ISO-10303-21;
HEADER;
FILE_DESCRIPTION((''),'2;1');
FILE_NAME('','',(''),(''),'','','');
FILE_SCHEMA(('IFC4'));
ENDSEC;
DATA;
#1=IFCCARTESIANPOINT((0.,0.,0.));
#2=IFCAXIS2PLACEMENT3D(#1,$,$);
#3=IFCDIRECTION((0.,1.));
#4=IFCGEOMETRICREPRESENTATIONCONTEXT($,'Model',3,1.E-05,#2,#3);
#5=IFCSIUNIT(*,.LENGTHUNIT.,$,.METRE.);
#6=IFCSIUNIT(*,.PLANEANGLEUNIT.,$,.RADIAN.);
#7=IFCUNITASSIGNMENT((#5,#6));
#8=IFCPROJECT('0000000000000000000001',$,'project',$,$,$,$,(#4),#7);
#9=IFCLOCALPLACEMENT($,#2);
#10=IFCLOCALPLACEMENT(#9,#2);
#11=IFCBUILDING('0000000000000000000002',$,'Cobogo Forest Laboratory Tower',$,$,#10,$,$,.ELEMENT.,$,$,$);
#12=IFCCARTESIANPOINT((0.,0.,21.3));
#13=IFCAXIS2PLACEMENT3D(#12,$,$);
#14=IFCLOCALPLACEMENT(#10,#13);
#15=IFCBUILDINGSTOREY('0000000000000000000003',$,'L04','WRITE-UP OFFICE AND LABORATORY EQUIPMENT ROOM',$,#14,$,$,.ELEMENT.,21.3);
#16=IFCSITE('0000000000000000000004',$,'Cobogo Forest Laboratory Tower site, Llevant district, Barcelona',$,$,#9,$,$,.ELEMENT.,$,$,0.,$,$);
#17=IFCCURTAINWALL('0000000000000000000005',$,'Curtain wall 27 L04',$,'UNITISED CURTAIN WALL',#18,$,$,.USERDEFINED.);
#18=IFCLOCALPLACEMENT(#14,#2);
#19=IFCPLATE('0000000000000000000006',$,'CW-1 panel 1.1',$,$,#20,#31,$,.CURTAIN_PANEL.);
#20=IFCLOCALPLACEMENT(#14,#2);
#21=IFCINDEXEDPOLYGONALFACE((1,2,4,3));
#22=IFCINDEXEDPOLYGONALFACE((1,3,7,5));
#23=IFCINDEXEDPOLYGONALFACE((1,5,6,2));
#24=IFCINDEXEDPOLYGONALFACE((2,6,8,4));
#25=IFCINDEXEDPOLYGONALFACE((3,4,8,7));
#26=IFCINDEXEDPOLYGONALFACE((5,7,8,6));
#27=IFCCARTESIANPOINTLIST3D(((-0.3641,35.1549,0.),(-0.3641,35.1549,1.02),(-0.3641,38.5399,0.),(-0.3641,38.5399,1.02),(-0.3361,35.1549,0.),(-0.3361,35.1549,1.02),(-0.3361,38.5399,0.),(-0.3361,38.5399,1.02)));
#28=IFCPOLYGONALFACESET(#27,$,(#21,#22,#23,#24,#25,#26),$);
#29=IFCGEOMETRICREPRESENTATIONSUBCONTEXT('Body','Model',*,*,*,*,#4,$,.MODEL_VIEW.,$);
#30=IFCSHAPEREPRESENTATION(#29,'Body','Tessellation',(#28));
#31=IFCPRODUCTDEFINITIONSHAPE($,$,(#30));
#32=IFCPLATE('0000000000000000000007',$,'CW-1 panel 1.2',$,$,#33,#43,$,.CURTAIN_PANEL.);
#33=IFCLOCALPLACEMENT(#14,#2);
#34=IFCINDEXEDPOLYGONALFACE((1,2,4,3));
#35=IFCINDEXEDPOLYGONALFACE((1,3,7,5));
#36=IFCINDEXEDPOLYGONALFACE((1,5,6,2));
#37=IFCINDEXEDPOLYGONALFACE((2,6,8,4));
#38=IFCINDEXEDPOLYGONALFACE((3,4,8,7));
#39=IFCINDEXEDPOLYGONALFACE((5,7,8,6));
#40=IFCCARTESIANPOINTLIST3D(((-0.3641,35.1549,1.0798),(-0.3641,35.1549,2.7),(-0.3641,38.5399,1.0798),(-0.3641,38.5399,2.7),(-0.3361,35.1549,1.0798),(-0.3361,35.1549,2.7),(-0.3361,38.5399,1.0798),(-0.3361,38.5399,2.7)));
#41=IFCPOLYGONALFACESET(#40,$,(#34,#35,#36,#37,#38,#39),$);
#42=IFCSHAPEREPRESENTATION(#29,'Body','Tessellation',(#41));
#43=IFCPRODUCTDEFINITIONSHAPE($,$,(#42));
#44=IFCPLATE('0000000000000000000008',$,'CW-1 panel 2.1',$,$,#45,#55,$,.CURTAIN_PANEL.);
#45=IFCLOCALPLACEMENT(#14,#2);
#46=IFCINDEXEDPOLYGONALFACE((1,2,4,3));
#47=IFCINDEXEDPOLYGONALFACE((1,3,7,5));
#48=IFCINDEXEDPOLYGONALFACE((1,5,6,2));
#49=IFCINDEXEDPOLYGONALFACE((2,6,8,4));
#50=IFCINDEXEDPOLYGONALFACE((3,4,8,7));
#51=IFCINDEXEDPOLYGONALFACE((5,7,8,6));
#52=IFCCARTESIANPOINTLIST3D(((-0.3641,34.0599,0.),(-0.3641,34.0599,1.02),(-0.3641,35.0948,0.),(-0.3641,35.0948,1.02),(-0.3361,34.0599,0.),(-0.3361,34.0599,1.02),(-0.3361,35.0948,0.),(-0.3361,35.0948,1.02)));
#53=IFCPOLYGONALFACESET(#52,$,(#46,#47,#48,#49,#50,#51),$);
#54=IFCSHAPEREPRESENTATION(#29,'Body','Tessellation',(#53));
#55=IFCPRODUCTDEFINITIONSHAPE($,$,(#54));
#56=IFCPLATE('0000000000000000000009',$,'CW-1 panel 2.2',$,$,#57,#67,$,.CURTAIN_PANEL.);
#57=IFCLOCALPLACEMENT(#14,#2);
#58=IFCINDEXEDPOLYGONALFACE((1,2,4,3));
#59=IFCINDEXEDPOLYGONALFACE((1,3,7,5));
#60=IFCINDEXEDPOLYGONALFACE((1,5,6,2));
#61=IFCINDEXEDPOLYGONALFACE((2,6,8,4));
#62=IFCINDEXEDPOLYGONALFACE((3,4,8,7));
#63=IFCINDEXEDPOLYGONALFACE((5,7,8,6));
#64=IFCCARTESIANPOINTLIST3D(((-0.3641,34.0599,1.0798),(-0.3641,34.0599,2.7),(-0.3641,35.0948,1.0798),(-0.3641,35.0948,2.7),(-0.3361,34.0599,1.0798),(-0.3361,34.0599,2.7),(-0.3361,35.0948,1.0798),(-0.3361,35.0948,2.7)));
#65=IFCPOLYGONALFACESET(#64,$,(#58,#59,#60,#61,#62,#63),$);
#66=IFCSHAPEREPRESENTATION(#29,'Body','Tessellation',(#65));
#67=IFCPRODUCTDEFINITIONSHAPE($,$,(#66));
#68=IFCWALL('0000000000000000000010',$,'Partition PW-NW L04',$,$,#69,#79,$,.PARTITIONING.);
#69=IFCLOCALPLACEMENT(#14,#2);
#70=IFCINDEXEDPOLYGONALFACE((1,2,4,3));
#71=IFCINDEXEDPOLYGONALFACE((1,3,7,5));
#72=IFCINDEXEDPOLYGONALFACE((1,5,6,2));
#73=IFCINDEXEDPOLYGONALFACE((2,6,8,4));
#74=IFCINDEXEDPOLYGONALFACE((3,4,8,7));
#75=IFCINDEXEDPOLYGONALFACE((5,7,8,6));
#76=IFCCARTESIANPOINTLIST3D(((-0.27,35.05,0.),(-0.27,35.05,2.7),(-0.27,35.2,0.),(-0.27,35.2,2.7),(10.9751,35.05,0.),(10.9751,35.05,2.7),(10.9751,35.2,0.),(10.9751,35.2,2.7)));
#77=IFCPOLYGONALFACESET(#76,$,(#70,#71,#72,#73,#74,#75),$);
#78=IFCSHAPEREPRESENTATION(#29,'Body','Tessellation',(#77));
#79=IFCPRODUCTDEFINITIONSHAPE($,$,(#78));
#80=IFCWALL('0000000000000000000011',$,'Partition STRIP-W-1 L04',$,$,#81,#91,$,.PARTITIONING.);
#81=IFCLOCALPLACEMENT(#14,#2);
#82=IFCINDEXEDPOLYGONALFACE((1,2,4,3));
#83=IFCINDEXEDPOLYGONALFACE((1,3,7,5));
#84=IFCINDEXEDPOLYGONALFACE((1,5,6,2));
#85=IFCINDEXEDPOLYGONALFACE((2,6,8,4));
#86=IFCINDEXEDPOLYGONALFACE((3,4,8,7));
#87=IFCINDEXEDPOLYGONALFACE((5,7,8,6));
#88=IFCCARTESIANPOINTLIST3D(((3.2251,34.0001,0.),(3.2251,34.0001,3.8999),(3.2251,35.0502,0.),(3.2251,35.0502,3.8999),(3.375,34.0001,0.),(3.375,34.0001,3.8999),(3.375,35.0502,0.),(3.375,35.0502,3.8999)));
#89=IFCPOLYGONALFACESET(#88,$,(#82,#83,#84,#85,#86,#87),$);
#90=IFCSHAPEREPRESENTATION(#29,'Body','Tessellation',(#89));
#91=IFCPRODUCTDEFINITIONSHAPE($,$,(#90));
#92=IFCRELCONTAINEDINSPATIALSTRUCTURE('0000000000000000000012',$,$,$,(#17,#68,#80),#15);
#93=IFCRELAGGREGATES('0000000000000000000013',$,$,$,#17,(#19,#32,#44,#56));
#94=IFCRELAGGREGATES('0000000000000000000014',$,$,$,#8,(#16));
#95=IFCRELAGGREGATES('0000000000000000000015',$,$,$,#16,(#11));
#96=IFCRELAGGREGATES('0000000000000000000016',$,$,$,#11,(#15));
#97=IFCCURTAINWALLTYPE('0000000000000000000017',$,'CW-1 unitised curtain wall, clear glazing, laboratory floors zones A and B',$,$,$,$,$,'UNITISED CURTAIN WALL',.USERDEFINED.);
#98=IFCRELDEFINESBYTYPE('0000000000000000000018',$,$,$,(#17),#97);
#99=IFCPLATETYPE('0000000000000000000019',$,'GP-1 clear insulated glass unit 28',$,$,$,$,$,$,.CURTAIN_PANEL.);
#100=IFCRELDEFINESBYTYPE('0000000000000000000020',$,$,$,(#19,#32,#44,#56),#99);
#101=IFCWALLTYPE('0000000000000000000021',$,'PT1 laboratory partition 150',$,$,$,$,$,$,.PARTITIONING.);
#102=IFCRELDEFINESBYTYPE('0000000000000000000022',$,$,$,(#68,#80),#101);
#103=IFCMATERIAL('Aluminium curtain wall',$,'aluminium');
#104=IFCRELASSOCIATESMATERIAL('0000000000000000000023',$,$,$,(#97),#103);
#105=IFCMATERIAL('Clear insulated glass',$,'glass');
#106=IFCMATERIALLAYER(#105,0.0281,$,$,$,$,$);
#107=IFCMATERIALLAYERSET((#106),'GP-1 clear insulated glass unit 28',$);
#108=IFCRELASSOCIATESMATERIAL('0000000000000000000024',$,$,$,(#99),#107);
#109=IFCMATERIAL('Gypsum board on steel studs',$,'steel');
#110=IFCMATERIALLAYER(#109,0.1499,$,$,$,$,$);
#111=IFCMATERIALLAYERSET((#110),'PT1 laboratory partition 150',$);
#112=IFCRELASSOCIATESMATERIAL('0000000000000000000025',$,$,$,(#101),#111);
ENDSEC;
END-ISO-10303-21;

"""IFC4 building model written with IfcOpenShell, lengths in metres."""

from ifc_helpers import new_model, si_unit, direction, frame, frame_2d, origin, origin_2d, place, context, subcontext, project, spatial, rectangle, extrude, material, layer, layer_set, type_object, element, aggregate, save


model = new_model("IFC4")

# Units and contexts
model_context = context("Model", 3, precision=1e-05, world=origin(), true_north=direction((0.0, 1.0)))
body_context = subcontext(model_context, "Body", "Model", "MODEL_VIEW")
ifc_project = project(units=[si_unit("LENGTHUNIT", "METRE"), si_unit("PLANEANGLEUNIT", "RADIAN")], contexts=[model_context])

# Site, building, storey
site_placement = place(None, origin())
site = spatial("IfcSite", under=ifc_project, at=site_placement, Name="Cobogo Forest Laboratory Tower site, Llevant district, Barcelona", CompositionType="ELEMENT", RefElevation=0.0)
building_placement = place(site_placement, origin())
building = spatial("IfcBuilding", under=site, at=building_placement, Name="Cobogo Forest Laboratory Tower", CompositionType="ELEMENT")
storey_placement = place(building_placement, frame((0.0, 0.0, 21.3)))
storey = spatial("IfcBuildingStorey", under=building, at=storey_placement, Name="L04", Description="WRITE-UP OFFICE AND LABORATORY EQUIPMENT ROOM", CompositionType="ELEMENT", Elevation=21.3)

# Curtain wall
ifc_material_1 = material(Name="Aluminium curtain wall", Category="aluminium")
curtain_wall_type = type_object("IfcCurtainWallType", Name="CW-1 unitised curtain wall, clear glazing, laboratory floors zones A and B", ElementType="UNITISED CURTAIN WALL", PredefinedType="USERDEFINED", material=ifc_material_1)
curtain_wall_1_placement = place(storey_placement, origin())
curtain_wall_1 = element("IfcCurtainWall", 1, at=curtain_wall_1_placement, inside=storey, type_object=curtain_wall_type, Name="Curtain wall 27 L04", ObjectType="UNITISED CURTAIN WALL", PredefinedType="USERDEFINED")

# Plates
ifc_material_2 = material(Name="Clear insulated glass", Category="glass")
ifc_layer_1 = layer(ifc_material_2, 0.0281)
ifc_layer_set_1 = layer_set([ifc_layer_1], Name="GP-1 clear insulated glass unit 28")
plate_type_1 = type_object("IfcPlateType", Name="GP-1 clear insulated glass unit 28", PredefinedType="CURTAIN_PANEL", material=ifc_layer_set_1)
plate_1_placement = place(storey_placement, frame((-0.3501, 36.8474, 0.0), z_axis=(0.0, 0.0, 1.0), x_axis=(0.0, -1.0, 0.0)))
plate_1 = element("IfcPlate", 2, at=plate_1_placement, type_object=plate_type_1, Name="CW-1 panel 1.1", PredefinedType="CURTAIN_PANEL", context=body_context, shape_type="SweptSolid", body=[
    extrude(rectangle(XDim=3.385, YDim=0.0281, at=origin_2d()), origin(), (0.0, 0.0, 1.0), 1.02),
])
plate_2_placement = place(storey_placement, frame((-0.3501, 36.8474, 1.0798), z_axis=(0.0, 0.0, 1.0), x_axis=(0.0, -1.0, 0.0)))
plate_2 = element("IfcPlate", 3, at=plate_2_placement, type_object=plate_type_1, Name="CW-1 panel 1.2", PredefinedType="CURTAIN_PANEL", context=body_context, shape_type="SweptSolid", body=[
    extrude(rectangle(XDim=3.385, YDim=0.0281, at=origin_2d()), origin(), (0.0, 0.0, 1.0), 1.6201),
])
plate_3_placement = place(storey_placement, frame((-0.3501, 34.5774, 0.0), z_axis=(0.0, 0.0, 1.0), x_axis=(0.0, -1.0, 0.0)))
plate_3 = element("IfcPlate", 4, at=plate_3_placement, type_object=plate_type_1, Name="CW-1 panel 2.1", PredefinedType="CURTAIN_PANEL", context=body_context, shape_type="SweptSolid", body=[
    extrude(rectangle(XDim=1.0349, YDim=0.0281, at=origin_2d()), origin(), (0.0, 0.0, 1.0), 1.02),
])
plate_4_placement = place(storey_placement, frame((-0.3501, 34.5774, 1.0798), z_axis=(0.0, 0.0, 1.0), x_axis=(0.0, -1.0, 0.0)))
plate_4 = element("IfcPlate", 5, at=plate_4_placement, type_object=plate_type_1, Name="CW-1 panel 2.2", PredefinedType="CURTAIN_PANEL", context=body_context, shape_type="SweptSolid", body=[
    extrude(rectangle(XDim=1.0349, YDim=0.0281, at=origin_2d()), origin(), (0.0, 0.0, 1.0), 1.6201),
])
aggregate(curtain_wall_1, [plate_1, plate_2, plate_3, plate_4])

# Walls
ifc_material_3 = material(Name="Gypsum board on steel studs", Category="steel")
ifc_layer_2 = layer(ifc_material_3, 0.1499)
ifc_layer_set_2 = layer_set([ifc_layer_2], Name="PT1 laboratory partition 150")
wall_type = type_object("IfcWallType", Name="PT1 laboratory partition 150", PredefinedType="PARTITIONING", material=ifc_layer_set_2)
wall_1_placement = place(storey_placement, frame((-0.27, 35.125, 0.0), z_axis=(0.0, 0.0, 1.0), x_axis=(1.0, 0.0, 0.0)))
element("IfcWall", 6, at=wall_1_placement, inside=storey, type_object=wall_type, Name="Partition PW-NW L04", PredefinedType="PARTITIONING", context=body_context, shape_type="SweptSolid", body=[
    extrude(rectangle(XDim=11.2451, YDim=0.1499, at=frame_2d((5.6226, 0.0))), origin(), (0.0, 0.0, 1.0), 2.7),
])
wall_2_placement = place(storey_placement, frame((3.3, 35.05, 0.0), z_axis=(0.0, 0.0, 1.0), x_axis=(0.0, -1.0, 0.0)))
element("IfcWall", 7, at=wall_2_placement, inside=storey, type_object=wall_type, Name="Partition STRIP-W-1 L04", PredefinedType="PARTITIONING", context=body_context, shape_type="SweptSolid", body=[
    extrude(rectangle(XDim=1.05, YDim=0.1499, at=frame_2d((0.5249, 0.0))), origin(), (0.0, 0.0, 1.0), 3.8999),
])

save(model, "model.ifc")
